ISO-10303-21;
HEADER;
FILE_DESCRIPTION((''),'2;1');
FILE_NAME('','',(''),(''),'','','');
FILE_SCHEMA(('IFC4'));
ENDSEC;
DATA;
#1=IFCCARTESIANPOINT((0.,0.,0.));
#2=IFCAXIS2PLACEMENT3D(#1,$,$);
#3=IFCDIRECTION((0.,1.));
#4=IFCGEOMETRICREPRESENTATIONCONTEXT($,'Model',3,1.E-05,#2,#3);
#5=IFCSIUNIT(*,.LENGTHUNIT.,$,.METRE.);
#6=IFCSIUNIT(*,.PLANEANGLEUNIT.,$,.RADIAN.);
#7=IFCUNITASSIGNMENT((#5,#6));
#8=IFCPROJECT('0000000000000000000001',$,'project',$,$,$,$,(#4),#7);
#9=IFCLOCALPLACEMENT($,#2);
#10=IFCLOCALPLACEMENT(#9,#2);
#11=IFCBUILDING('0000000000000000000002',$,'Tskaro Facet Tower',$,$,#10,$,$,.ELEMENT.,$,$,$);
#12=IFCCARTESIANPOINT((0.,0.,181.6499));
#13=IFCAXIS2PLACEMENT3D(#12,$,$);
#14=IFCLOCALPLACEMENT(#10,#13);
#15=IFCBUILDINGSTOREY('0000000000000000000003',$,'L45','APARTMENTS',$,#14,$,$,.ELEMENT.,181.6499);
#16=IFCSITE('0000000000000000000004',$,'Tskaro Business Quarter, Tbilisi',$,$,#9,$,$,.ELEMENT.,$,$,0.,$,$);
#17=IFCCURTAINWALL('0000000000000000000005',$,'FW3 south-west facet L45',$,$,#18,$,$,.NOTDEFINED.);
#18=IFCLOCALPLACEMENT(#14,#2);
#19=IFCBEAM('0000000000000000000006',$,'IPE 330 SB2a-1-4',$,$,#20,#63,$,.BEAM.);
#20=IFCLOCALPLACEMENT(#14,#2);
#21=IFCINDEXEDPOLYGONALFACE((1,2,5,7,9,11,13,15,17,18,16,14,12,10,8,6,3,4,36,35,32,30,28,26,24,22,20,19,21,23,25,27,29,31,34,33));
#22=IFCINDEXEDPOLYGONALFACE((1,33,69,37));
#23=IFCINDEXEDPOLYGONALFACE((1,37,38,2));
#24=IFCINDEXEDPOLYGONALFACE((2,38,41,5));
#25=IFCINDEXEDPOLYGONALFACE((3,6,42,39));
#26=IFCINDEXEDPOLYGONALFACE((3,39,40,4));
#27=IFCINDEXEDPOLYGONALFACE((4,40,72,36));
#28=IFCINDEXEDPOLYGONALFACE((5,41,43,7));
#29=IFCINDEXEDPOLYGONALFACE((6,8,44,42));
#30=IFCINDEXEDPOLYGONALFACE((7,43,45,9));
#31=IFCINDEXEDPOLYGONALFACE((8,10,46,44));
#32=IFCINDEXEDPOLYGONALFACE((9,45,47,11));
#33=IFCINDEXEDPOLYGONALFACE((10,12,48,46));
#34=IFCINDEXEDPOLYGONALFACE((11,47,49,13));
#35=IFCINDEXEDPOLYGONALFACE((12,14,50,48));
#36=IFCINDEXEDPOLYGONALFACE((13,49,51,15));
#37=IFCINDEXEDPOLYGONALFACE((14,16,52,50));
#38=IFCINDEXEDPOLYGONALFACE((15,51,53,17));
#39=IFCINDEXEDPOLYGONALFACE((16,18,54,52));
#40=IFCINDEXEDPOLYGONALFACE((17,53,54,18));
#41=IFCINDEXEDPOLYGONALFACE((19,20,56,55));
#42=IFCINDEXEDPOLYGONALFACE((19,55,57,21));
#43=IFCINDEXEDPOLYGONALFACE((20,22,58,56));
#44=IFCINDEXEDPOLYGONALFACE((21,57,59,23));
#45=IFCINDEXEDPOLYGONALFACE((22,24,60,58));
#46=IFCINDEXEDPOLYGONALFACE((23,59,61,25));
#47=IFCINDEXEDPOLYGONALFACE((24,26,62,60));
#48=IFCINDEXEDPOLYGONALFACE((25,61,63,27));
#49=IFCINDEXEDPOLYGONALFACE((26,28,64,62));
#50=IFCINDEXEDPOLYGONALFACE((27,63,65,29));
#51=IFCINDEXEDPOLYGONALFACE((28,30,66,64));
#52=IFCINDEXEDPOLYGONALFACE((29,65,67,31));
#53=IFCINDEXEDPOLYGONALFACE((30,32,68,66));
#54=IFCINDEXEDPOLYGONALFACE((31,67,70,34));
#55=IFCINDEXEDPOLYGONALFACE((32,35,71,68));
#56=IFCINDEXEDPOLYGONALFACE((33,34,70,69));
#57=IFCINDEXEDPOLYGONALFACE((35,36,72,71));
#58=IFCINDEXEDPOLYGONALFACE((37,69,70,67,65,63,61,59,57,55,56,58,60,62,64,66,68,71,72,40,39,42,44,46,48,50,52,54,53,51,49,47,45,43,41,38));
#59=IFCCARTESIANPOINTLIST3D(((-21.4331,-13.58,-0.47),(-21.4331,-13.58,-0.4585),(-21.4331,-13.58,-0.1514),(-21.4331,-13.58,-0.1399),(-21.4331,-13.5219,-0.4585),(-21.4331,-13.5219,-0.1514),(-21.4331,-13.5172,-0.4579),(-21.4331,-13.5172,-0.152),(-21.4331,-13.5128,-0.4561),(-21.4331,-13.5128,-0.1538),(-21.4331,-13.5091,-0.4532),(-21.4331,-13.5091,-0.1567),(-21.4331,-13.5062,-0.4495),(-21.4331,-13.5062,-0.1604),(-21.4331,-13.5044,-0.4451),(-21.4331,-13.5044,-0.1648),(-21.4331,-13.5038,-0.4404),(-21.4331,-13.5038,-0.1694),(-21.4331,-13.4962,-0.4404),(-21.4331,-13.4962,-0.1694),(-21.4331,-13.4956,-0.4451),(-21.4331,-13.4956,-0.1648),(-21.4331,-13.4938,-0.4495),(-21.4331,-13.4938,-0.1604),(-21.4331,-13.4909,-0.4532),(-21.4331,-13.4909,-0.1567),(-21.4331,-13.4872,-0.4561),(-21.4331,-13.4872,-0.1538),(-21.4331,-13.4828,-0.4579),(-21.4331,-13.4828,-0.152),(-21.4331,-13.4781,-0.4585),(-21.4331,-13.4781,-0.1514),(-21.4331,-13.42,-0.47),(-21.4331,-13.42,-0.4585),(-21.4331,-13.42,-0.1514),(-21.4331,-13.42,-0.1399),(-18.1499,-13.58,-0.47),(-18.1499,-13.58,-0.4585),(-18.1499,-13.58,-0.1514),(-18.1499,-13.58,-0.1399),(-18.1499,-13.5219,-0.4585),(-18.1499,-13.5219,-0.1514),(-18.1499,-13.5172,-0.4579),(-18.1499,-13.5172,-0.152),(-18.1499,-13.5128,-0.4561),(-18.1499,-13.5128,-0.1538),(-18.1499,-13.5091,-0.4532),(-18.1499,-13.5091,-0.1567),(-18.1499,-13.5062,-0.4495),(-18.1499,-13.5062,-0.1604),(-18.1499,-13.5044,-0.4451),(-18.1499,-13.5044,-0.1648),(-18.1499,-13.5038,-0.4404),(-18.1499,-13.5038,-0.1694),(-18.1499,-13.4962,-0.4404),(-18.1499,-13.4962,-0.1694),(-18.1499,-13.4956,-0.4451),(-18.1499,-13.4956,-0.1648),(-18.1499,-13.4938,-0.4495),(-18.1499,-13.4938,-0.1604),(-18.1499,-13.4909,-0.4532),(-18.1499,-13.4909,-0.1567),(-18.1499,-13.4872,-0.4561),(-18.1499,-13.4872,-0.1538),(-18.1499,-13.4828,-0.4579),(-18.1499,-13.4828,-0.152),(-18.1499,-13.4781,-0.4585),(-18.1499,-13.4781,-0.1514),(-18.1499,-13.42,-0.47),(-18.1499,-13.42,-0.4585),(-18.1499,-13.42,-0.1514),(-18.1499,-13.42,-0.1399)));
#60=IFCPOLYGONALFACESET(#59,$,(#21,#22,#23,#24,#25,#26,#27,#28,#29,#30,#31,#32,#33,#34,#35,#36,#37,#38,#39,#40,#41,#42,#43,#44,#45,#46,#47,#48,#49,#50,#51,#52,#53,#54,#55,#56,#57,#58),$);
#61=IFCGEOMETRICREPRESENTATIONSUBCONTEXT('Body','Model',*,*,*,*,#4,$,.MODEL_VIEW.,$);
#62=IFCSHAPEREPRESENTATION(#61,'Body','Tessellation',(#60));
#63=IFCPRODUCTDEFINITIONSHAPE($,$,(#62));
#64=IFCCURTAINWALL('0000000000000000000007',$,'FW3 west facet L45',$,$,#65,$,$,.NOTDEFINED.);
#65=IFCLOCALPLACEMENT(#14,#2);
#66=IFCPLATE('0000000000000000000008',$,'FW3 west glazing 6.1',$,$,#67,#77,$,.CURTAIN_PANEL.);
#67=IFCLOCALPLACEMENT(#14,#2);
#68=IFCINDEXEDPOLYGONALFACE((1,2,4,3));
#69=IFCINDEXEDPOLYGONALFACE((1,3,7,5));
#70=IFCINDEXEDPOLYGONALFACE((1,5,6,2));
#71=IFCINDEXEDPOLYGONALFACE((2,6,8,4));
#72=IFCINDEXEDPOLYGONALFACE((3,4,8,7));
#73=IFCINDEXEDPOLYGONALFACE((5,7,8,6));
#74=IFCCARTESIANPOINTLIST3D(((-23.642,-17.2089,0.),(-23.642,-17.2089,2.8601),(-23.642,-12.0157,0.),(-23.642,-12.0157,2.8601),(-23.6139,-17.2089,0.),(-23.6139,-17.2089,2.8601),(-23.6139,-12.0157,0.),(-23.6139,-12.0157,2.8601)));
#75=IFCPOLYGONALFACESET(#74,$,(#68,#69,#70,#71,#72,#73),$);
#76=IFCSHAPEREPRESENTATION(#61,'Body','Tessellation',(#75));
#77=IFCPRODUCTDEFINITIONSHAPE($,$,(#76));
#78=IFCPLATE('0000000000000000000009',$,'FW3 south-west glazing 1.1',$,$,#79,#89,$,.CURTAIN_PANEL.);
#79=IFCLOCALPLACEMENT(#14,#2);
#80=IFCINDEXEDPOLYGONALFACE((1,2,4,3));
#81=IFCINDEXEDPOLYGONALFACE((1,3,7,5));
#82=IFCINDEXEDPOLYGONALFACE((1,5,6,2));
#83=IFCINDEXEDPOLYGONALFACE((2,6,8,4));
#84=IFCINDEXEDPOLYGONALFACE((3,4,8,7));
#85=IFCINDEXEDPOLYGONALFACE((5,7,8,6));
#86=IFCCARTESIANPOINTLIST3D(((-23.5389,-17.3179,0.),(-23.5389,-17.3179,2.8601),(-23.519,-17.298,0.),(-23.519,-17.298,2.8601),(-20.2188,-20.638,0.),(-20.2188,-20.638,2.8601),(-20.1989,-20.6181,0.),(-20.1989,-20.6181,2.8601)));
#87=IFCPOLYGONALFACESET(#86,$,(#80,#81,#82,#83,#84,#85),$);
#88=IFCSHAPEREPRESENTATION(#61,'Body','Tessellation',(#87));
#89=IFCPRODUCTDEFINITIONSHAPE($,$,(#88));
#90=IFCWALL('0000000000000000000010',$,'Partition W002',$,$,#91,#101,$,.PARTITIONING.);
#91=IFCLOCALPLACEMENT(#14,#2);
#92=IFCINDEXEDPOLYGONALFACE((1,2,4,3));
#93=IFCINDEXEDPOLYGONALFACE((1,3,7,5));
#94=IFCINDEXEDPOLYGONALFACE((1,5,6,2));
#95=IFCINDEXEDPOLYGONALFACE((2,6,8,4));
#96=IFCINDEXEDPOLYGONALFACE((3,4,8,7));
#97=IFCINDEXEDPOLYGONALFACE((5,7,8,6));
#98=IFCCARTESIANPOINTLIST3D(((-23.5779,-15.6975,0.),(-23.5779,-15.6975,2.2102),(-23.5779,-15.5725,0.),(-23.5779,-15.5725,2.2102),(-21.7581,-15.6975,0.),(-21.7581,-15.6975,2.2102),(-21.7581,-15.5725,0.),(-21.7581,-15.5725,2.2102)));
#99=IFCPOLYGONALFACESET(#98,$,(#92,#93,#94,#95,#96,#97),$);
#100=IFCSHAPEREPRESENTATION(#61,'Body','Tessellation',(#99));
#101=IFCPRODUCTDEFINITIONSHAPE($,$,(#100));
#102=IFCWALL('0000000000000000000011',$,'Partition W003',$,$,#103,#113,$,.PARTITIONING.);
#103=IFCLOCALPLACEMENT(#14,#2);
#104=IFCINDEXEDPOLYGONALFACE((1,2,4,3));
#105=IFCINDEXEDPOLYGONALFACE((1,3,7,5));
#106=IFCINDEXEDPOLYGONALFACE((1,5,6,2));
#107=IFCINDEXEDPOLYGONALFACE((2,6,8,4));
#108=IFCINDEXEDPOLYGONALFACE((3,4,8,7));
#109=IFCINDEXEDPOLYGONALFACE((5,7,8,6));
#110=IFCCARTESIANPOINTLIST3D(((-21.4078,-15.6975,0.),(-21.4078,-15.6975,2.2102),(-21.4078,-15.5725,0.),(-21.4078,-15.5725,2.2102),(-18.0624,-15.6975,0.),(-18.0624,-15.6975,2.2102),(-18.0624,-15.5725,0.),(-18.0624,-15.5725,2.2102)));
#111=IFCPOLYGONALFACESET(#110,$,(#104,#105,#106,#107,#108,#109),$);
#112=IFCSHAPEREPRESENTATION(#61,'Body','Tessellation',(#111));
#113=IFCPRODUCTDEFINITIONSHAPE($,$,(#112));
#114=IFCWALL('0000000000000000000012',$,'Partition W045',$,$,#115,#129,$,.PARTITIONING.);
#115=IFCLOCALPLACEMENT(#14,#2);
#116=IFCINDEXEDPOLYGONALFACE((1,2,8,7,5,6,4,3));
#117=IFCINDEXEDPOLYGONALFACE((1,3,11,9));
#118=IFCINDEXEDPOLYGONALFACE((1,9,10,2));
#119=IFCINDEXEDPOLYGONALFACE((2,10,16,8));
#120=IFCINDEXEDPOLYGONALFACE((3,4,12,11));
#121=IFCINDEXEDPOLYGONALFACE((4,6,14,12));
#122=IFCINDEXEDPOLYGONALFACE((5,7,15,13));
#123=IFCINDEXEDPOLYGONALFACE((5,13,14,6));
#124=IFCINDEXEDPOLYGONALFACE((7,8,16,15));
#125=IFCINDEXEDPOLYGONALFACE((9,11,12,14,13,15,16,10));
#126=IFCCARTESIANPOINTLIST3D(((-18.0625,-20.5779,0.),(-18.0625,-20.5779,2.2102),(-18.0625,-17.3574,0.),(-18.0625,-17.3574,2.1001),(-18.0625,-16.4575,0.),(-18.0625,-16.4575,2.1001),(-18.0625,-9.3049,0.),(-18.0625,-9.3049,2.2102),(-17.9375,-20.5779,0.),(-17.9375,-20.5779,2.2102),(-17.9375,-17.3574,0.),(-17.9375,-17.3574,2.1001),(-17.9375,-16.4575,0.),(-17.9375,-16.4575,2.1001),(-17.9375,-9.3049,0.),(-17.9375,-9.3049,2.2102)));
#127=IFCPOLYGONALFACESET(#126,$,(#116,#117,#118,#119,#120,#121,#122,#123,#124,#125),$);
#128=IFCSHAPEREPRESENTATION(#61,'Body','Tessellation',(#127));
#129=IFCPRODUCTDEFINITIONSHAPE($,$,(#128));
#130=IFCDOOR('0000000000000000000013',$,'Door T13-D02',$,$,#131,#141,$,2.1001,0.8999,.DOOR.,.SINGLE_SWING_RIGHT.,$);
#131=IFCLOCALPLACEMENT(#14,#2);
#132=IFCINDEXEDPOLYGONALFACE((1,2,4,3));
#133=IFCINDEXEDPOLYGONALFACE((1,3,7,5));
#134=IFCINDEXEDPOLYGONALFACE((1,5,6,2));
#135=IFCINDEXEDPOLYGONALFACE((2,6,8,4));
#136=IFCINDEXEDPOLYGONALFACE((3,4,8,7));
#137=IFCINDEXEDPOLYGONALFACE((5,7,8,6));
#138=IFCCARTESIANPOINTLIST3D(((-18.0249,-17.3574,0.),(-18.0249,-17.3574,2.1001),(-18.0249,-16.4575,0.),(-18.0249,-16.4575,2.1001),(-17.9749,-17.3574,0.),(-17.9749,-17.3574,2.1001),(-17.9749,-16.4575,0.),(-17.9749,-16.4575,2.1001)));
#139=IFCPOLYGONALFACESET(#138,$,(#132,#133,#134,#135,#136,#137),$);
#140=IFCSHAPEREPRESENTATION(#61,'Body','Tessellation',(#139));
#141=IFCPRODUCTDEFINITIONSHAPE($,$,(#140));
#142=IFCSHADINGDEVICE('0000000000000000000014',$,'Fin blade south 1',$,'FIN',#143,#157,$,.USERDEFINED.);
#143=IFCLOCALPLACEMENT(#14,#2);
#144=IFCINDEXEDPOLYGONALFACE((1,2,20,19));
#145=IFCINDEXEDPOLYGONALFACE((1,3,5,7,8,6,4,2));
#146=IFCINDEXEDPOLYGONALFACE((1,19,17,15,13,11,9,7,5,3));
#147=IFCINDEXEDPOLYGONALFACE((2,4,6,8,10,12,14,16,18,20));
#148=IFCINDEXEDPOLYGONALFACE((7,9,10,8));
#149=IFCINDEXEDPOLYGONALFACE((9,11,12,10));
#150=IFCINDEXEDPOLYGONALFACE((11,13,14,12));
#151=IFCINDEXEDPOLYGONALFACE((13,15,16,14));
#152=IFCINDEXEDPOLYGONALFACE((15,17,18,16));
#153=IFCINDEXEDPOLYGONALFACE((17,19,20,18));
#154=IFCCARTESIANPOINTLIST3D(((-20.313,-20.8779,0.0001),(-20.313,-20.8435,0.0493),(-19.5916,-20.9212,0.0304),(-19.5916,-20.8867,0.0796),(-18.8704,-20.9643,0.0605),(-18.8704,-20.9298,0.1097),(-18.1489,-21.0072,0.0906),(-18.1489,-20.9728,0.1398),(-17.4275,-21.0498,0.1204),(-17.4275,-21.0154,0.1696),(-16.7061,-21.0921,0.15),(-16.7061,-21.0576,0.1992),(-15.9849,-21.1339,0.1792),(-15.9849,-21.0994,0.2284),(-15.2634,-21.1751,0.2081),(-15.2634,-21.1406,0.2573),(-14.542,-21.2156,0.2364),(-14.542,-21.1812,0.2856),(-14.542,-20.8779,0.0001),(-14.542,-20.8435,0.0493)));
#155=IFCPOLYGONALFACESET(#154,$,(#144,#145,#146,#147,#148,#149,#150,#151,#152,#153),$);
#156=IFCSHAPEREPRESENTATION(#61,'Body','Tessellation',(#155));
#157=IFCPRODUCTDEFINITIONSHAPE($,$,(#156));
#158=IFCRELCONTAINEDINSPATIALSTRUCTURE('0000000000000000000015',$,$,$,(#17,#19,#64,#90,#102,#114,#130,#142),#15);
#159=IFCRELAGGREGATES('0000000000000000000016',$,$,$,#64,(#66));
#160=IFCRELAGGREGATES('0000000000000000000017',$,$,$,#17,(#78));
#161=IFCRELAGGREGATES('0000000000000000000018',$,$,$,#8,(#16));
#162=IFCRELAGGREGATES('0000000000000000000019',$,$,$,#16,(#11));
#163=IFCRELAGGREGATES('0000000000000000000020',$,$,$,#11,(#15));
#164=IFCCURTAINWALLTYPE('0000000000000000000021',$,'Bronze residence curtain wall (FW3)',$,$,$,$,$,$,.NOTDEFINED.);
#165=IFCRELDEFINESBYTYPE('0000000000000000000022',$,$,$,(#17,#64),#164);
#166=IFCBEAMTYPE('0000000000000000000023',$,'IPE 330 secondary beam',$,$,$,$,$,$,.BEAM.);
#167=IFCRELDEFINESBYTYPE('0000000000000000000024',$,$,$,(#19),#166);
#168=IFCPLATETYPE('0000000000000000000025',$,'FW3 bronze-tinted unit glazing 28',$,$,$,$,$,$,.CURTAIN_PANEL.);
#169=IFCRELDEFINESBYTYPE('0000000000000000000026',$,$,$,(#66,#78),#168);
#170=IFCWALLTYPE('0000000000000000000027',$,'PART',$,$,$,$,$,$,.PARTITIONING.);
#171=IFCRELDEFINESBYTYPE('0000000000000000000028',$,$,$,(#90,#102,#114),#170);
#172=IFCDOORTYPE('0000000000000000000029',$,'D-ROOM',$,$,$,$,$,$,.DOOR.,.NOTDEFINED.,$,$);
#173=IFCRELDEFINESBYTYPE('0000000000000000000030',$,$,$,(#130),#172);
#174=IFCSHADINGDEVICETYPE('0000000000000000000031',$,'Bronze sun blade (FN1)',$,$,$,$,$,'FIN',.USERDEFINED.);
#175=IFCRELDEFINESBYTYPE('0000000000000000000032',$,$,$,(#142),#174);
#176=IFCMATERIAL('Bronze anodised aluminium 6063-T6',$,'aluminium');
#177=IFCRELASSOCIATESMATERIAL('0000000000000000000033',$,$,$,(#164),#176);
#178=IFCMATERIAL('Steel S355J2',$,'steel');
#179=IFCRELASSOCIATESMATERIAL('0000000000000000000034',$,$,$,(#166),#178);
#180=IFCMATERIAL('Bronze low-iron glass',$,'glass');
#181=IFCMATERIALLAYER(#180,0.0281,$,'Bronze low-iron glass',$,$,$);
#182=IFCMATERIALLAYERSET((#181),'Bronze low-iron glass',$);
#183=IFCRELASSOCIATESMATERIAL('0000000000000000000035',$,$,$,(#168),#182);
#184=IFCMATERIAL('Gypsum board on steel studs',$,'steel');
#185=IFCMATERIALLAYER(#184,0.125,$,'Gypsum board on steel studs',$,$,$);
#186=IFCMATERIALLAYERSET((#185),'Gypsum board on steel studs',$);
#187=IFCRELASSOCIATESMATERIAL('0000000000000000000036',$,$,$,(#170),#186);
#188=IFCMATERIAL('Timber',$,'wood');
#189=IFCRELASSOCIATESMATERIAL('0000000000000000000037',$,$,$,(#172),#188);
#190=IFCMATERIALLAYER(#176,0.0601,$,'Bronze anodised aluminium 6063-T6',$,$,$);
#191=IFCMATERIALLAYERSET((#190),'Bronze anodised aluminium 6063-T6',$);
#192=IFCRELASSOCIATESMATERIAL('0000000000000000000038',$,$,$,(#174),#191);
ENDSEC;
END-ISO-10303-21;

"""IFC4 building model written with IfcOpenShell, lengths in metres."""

from ifc_helpers import new_model, si_unit, direction, frame, frame_2d, origin, origin_2d, place, context, subcontext, project, spatial, polyline, rectangle, i_section, outline, extrude, material, layer, layer_set, material_profile, profile_set, type_object, element, fill, aggregate, save


model = new_model("IFC4")

# Units and contexts
model_context = context("Model", 3, precision=1e-05, world=origin(), true_north=direction((0.0, 1.0)))
body_context = subcontext(model_context, "Body", "Model", "MODEL_VIEW")
ifc_project = project(units=[si_unit("LENGTHUNIT", "METRE"), si_unit("PLANEANGLEUNIT", "RADIAN")], contexts=[model_context])

# Site, building, storey
site_placement = place(None, origin())
site = spatial("IfcSite", under=ifc_project, at=site_placement, Name="Tskaro Business Quarter, Tbilisi", CompositionType="ELEMENT", RefElevation=0.0)
building_placement = place(site_placement, origin())
building = spatial("IfcBuilding", under=site, at=building_placement, Name="Tskaro Facet Tower", CompositionType="ELEMENT")
storey_placement = place(building_placement, frame((0.0, 0.0, 181.6499)))
storey = spatial("IfcBuildingStorey", under=building, at=storey_placement, Name="L45", Description="APARTMENTS", CompositionType="ELEMENT", Elevation=181.6499)

# Curtain wall
ifc_material_1 = material(Name="Bronze anodised aluminium 6063-T6", Category="aluminium")
curtain_wall_type = type_object("IfcCurtainWallType", Name="Bronze residence curtain wall (FW3)", PredefinedType="NOTDEFINED", material=ifc_material_1)
curtain_wall_1_placement = place(storey_placement, origin())
curtain_wall_1 = element("IfcCurtainWall", 1, at=curtain_wall_1_placement, inside=storey, type_object=curtain_wall_type, Name="FW3 south-west facet L45", PredefinedType="NOTDEFINED")

# Beam
ifc_material_2 = material(Name="Steel S355J2", Category="steel")
ifc_material_profile_1 = material_profile(ifc_material_2, i_section(OverallWidth=0.1599, OverallDepth=0.3301, WebThickness=0.0076, FlangeThickness=0.0115, FilletRadius=0.0181, at=origin_2d()), Name="IPE 330")
ifc_profile_set_1 = profile_set([ifc_material_profile_1], Name="Steel S355J2")
beam_type_1 = type_object("IfcBeamType", Name="IPE 330 secondary beam", PredefinedType="BEAM", material=ifc_profile_set_1)
beam_1_placement = place(storey_placement, frame((-21.4331, -13.5, -0.3049), z_axis=(1.0, 0.0, 0.0), x_axis=(0.0, 1.0, 0.0)))
element("IfcBeam", 2, at=beam_1_placement, inside=storey, type_object=beam_type_1, Name="IPE 330 SB2a-1-4", PredefinedType="BEAM", context=body_context, shape_type="SweptSolid", body=[
    extrude(i_section(OverallWidth=0.1599, OverallDepth=0.3301, WebThickness=0.0076, FlangeThickness=0.0115, FilletRadius=0.0181, at=origin_2d()), origin(), (0.0, 0.0, 1.0), 3.2832),
])

# Curtain wall, plate
curtain_wall_2_placement = place(storey_placement, origin())
curtain_wall_2 = element("IfcCurtainWall", 3, at=curtain_wall_2_placement, inside=storey, type_object=curtain_wall_type, Name="FW3 west facet L45", PredefinedType="NOTDEFINED")
ifc_material_3 = material(Name="Bronze low-iron glass", Category="glass")
ifc_layer_1 = layer(ifc_material_3, 0.0281, Name="Bronze low-iron glass")
ifc_layer_set_1 = layer_set([ifc_layer_1], Name="Bronze low-iron glass")
plate_type = type_object("IfcPlateType", Name="FW3 bronze-tinted unit glazing 28", PredefinedType="CURTAIN_PANEL", material=ifc_layer_set_1)
plate_1_placement = place(storey_placement, frame((-23.6279, -14.6123, 0.0), z_axis=(0.0, 0.0, 1.0), x_axis=(0.0, -1.0, 0.0)))
plate_1 = element("IfcPlate", 4, at=plate_1_placement, type_object=plate_type, Name="FW3 west glazing 6.1", PredefinedType="CURTAIN_PANEL", context=body_context, shape_type="SweptSolid", body=[
    extrude(rectangle(XDim=5.1931, YDim=0.0281, at=origin_2d()), origin(), (0.0, 0.0, 1.0), 2.8601),
])
aggregate(curtain_wall_2, [plate_1])

# Plate
plate_2_placement = place(storey_placement, frame((-21.8689, -18.968, 0.0), z_axis=(0.0, 0.0, 1.0), x_axis=(0.707107, -0.707107, 0.0)))
plate_2 = element("IfcPlate", 5, at=plate_2_placement, type_object=plate_type, Name="FW3 south-west glazing 1.1", PredefinedType="CURTAIN_PANEL", context=body_context, shape_type="SweptSolid", body=[
    extrude(rectangle(XDim=4.6953, YDim=0.0281, at=origin_2d()), origin(), (0.0, 0.0, 1.0), 2.8601),
])
aggregate(curtain_wall_1, [plate_2])

# Walls
ifc_material_4 = material(Name="Gypsum board on steel studs", Category="steel")
ifc_layer_2 = layer(ifc_material_4, 0.125, Name="Gypsum board on steel studs")
ifc_layer_set_2 = layer_set([ifc_layer_2], Name="Gypsum board on steel studs")
wall_type = type_object("IfcWallType", Name="PART", PredefinedType="PARTITIONING", material=ifc_layer_set_2)
wall_1_placement = place(storey_placement, frame((-23.5779, -15.635, 0.0), z_axis=(0.0, 0.0, 1.0), x_axis=(1.0, 0.0, 0.0)))
element("IfcWall", 6, at=wall_1_placement, inside=storey, type_object=wall_type, Name="Partition W002", PredefinedType="PARTITIONING", context=body_context, shape_type="SweptSolid", body=[
    extrude(rectangle(XDim=1.8198, YDim=0.125, at=frame_2d((0.9099, 0.0))), origin(), (0.0, 0.0, 1.0), 2.2102),
])
wall_2_placement = place(storey_placement, frame((-21.408, -15.635, 0.0), z_axis=(0.0, 0.0, 1.0), x_axis=(1.0, 0.0, 0.0)))
element("IfcWall", 7, at=wall_2_placement, inside=storey, type_object=wall_type, Name="Partition W003", PredefinedType="PARTITIONING", context=body_context, shape_type="SweptSolid", body=[
    extrude(rectangle(XDim=3.3455, YDim=0.125, at=frame_2d((1.6729, 0.0))), origin(), (0.0, 0.0, 1.0), 2.2102),
])

# Wall, opening, door
wall_3_placement = place(storey_placement, frame((-18.0, -20.5779, 0.0), z_axis=(0.0, 0.0, 1.0), x_axis=(0.0, 1.0, 0.0)))
wall_3 = element("IfcWall", 8, at=wall_3_placement, inside=storey, type_object=wall_type, Name="Partition W045", PredefinedType="PARTITIONING", context=body_context, shape_type="SweptSolid", body=[
    extrude(rectangle(XDim=11.2729, YDim=0.125, at=frame_2d((5.6365, 0.0))), origin(), (0.0, 0.0, 1.0), 2.2102),
])
opening_placement = place(wall_3_placement, frame((3.2205, 0.0, 0.0)))
opening = element("IfcOpeningElement", 9, at=opening_placement, cuts=wall_3, PredefinedType="OPENING", context=body_context, shape_type="SweptSolid", body=[
    extrude(rectangle(XDim=0.8999, YDim=2.1001, at=frame_2d((0.45, 1.05))), frame((0.0, 0.0725, 0.0), z_axis=(0.0, -1.0, 0.0), x_axis=(1.0, 0.0, 0.0)), (0.0, 0.0, 1.0), 0.145),
])
ifc_material_5 = material(Name="Timber", Category="wood")
door_type = type_object("IfcDoorType", Name="D-ROOM", OperationType="NOTDEFINED", PredefinedType="DOOR", material=ifc_material_5)
door_placement = place(opening_placement, origin())
door = element("IfcDoor", 10, at=door_placement, inside=storey, type_object=door_type, Name="Door T13-D02", OperationType="SINGLE_SWING_RIGHT", OverallHeight=2.1001, OverallWidth=0.8999, PredefinedType="DOOR", context=body_context, shape_type="SweptSolid", body=[
    extrude(rectangle(XDim=0.8999, YDim=2.1001, at=frame_2d((0.45, 1.05))), frame((0.0, 0.0249, 0.0), z_axis=(0.0, -1.0, 0.0), x_axis=(1.0, 0.0, 0.0)), (0.0, 0.0, 1.0), 0.05),
])
fill(opening, door)

# Shading device
ifc_layer_3 = layer(ifc_material_1, 0.0601, Name="Bronze anodised aluminium 6063-T6")
ifc_layer_set_3 = layer_set([ifc_layer_3], Name="Bronze anodised aluminium 6063-T6")
shading_device_type = type_object("IfcShadingDeviceType", Name="Bronze sun blade (FN1)", ElementType="FIN", PredefinedType="USERDEFINED", material=ifc_layer_set_3)
shading_device_placement = place(storey_placement, frame((-20.313, -20.8435, 0.0493), z_axis=(-0.000005, 0.573369, 0.819297), x_axis=(1.0, 0.000003, 0.000004)))
element("IfcShadingDevice", 11, at=shading_device_placement, inside=storey, type_object=shading_device_type, Name="Fin blade south 1", ObjectType="FIN", PredefinedType="USERDEFINED", context=body_context, shape_type="SweptSolid", body=[
    extrude(outline(polyline([(0.0, 0.0), (5.771, 0.0), (5.771, -0.4121), (5.0496, -0.3627), (4.3281, -0.3124), (3.6069, -0.2614), (2.8855, -0.2098), (2.1641, -0.1578), (1.4426, -0.1054), (0.7214, -0.0528), (0.0, 0.0)])), origin(), (0.0, 0.0, -1.0), 0.0601),
])

save(model, "model.ifc")
